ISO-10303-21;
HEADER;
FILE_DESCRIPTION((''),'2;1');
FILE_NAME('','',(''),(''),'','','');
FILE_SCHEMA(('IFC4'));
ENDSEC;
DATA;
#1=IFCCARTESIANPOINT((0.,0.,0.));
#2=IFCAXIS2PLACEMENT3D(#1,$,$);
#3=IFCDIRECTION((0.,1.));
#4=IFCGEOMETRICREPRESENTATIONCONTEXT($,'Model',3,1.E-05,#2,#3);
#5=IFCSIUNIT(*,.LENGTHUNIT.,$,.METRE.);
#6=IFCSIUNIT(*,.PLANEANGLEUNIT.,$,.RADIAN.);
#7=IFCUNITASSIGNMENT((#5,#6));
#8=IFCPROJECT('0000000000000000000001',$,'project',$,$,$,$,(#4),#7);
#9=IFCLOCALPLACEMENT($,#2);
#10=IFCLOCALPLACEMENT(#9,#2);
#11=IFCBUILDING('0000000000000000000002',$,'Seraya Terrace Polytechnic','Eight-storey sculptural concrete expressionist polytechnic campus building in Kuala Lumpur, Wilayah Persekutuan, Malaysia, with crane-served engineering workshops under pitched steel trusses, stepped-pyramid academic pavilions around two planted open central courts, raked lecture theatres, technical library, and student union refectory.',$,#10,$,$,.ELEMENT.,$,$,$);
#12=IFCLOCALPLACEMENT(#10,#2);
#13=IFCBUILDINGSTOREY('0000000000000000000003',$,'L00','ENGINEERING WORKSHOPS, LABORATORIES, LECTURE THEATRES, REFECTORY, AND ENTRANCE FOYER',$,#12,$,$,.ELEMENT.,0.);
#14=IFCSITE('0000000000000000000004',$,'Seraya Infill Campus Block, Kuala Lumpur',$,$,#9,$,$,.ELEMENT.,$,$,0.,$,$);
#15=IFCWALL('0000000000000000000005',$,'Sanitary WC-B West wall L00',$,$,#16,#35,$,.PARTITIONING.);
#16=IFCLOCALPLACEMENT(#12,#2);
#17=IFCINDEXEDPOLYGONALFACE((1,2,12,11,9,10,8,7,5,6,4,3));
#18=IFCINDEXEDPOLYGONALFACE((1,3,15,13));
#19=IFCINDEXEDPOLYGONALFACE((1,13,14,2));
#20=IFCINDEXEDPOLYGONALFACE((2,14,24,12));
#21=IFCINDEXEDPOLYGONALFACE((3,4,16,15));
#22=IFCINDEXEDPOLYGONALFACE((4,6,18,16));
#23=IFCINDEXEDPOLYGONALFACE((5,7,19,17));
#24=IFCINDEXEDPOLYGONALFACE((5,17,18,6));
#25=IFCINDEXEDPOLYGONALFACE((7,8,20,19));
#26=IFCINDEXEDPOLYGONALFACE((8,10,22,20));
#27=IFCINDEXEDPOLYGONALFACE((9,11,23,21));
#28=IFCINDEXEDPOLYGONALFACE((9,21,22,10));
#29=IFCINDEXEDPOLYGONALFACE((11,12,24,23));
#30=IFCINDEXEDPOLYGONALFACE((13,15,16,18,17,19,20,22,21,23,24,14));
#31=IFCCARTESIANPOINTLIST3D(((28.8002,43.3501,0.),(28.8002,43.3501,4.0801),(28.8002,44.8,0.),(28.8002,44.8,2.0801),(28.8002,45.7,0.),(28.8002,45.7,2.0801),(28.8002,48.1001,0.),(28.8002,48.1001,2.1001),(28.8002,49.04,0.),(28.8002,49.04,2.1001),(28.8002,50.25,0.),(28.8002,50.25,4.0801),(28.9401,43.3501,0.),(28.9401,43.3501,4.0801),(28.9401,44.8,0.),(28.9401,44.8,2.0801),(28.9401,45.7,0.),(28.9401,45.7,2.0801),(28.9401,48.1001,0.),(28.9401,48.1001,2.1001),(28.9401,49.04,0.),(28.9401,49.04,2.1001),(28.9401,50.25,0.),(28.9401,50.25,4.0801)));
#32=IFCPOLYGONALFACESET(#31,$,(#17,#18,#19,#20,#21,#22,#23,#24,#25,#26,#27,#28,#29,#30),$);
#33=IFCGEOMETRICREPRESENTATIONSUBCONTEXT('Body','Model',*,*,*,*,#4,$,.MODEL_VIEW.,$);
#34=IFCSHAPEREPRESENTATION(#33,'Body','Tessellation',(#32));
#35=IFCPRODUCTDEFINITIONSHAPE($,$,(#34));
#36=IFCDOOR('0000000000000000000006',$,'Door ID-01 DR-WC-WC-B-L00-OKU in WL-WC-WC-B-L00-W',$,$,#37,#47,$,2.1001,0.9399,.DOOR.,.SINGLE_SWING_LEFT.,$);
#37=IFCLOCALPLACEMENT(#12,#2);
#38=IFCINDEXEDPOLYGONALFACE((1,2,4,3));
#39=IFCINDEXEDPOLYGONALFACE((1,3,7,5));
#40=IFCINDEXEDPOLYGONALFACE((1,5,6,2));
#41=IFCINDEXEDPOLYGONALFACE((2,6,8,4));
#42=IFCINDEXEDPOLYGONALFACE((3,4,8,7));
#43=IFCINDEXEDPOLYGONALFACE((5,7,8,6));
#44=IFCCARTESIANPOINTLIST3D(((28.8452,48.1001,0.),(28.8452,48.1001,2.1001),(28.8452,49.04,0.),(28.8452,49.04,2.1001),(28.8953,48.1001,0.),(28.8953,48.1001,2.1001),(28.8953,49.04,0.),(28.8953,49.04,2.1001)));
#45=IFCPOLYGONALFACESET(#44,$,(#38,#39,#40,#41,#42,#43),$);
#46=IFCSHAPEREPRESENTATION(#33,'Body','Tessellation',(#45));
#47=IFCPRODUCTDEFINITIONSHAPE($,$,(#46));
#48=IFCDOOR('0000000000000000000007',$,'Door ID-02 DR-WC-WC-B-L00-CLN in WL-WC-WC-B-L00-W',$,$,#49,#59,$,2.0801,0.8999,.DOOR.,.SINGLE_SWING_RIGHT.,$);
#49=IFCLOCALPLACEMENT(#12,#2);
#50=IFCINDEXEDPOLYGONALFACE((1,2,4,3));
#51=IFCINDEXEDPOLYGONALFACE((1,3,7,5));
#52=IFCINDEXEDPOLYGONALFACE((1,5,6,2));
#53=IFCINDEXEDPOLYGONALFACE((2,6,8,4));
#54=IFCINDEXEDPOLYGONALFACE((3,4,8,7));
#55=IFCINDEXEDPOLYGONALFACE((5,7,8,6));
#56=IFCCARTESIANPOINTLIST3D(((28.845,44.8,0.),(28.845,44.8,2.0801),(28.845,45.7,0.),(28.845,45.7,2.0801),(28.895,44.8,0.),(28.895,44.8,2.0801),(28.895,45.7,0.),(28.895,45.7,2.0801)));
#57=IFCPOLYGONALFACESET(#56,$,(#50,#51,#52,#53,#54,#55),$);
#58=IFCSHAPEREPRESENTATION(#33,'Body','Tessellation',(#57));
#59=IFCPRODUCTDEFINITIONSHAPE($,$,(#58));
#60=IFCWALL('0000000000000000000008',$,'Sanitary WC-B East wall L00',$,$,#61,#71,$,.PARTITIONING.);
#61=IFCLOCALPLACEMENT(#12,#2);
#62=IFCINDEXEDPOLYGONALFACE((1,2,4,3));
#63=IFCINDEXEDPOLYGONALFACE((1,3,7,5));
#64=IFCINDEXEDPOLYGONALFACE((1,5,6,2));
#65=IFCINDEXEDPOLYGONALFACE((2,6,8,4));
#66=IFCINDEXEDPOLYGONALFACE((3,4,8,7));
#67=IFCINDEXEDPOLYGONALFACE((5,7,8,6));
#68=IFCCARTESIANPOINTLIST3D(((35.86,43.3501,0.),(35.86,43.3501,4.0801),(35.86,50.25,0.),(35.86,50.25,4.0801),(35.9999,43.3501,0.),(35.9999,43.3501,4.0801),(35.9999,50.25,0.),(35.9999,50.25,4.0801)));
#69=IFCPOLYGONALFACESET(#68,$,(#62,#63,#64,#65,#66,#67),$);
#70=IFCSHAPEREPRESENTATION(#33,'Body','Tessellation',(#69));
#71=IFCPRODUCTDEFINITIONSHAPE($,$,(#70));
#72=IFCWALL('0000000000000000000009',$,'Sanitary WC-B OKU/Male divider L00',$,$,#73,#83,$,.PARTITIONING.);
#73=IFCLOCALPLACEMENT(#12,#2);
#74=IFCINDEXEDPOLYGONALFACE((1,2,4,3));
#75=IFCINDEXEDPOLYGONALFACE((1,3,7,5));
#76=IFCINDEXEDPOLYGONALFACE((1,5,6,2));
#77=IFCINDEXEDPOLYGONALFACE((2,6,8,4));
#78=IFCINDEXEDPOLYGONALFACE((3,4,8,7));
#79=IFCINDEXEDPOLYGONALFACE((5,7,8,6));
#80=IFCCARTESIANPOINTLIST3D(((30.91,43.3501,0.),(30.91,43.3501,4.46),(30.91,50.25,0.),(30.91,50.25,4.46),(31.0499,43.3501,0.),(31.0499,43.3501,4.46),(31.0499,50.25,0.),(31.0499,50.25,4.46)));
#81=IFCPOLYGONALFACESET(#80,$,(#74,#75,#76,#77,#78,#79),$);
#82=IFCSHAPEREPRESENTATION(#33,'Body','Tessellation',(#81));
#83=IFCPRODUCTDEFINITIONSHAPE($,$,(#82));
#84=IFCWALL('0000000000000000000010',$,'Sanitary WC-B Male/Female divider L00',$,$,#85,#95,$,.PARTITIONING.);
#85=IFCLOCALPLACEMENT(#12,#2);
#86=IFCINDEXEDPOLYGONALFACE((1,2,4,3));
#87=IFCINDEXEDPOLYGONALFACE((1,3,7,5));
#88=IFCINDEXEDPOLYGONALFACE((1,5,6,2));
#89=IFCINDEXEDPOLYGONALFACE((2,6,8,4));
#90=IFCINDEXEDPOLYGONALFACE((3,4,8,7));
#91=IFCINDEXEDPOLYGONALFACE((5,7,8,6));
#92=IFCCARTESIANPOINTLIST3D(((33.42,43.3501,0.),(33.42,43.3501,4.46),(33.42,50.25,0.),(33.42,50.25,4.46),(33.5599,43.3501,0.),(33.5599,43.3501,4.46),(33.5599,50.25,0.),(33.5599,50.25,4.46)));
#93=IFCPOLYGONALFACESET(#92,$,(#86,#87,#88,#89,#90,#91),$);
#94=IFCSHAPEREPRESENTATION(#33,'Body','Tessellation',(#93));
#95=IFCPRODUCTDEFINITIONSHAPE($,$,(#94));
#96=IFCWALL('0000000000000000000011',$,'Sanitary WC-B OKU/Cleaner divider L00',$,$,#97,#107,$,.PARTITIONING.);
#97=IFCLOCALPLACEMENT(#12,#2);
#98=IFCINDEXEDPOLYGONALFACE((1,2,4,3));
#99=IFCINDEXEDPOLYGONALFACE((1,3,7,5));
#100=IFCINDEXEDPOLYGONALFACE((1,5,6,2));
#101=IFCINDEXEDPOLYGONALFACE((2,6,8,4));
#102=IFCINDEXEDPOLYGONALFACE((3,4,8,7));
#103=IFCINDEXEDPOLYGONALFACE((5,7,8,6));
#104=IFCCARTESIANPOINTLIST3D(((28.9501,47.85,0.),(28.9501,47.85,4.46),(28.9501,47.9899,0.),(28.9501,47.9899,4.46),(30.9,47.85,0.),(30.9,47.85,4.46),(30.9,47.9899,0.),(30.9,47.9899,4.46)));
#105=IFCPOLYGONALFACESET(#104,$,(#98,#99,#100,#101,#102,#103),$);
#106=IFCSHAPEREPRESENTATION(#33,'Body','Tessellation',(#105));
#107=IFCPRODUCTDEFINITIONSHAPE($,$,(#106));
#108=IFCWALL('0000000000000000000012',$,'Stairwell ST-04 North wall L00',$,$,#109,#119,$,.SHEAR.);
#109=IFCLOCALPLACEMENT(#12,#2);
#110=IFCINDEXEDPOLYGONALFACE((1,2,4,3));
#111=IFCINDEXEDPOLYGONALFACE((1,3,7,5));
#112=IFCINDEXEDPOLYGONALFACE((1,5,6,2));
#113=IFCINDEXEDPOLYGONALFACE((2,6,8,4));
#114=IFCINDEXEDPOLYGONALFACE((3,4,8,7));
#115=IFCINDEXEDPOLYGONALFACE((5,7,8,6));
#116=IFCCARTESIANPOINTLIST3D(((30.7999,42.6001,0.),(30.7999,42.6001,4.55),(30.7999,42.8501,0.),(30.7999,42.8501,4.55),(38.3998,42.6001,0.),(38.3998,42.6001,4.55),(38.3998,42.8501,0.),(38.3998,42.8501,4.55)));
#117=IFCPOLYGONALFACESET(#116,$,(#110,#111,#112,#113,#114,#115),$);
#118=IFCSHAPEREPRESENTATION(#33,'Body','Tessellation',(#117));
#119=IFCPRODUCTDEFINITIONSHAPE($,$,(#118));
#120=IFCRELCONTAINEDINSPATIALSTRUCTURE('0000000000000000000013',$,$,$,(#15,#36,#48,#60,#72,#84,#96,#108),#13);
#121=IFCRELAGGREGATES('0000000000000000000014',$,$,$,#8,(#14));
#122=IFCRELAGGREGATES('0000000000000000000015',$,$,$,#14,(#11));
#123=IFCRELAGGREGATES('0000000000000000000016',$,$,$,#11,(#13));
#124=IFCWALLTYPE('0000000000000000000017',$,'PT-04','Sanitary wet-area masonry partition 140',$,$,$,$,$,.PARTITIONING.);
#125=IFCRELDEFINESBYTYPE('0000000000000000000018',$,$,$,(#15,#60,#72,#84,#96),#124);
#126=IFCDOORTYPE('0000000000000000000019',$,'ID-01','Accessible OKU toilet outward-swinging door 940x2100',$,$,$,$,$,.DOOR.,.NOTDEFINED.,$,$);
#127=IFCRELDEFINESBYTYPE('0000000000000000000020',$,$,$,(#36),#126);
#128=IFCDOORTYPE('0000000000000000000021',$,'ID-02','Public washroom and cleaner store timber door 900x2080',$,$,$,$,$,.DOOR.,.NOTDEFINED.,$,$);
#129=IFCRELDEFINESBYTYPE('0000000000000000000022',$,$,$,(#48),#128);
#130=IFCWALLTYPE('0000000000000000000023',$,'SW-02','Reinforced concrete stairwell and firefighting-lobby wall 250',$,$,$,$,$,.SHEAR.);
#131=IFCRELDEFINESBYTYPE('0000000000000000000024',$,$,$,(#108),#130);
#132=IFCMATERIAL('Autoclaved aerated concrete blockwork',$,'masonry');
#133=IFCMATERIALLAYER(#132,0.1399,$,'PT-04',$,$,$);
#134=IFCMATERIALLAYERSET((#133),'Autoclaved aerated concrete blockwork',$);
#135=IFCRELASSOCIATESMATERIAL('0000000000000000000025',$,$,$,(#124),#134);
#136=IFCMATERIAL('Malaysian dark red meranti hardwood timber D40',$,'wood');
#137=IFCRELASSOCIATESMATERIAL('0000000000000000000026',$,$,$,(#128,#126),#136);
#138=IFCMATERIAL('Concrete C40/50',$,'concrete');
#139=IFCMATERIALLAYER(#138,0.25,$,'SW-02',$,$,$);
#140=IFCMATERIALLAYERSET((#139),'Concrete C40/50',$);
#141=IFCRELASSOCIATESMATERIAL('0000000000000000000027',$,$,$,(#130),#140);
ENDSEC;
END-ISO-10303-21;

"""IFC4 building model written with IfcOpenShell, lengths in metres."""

from ifc_helpers import new_model, si_unit, direction, frame, frame_2d, origin, place, context, subcontext, project, spatial, rectangle, extrude, material, layer, layer_set, type_object, element, fill, save


model = new_model("IFC4")

# Units and contexts
model_context = context("Model", 3, precision=1e-05, world=origin(), true_north=direction((0.0, 1.0)))
body_context = subcontext(model_context, "Body", "Model", "MODEL_VIEW")
ifc_project = project(units=[si_unit("LENGTHUNIT", "METRE"), si_unit("PLANEANGLEUNIT", "RADIAN")], contexts=[model_context])

# Site, building, storey
site_placement = place(None, origin())
site = spatial("IfcSite", under=ifc_project, at=site_placement, Name="Seraya Infill Campus Block, Kuala Lumpur", CompositionType="ELEMENT", RefElevation=0.0)
building_placement = place(site_placement, origin())
building = spatial("IfcBuilding", under=site, at=building_placement, Name="Seraya Terrace Polytechnic", Description="Eight-storey sculptural concrete expressionist polytechnic campus building in Kuala Lumpur, Wilayah Persekutuan, Malaysia, with crane-served engineering workshops under pitched steel trusses, stepped-pyramid academic pavilions around two planted open central courts, raked lecture theatres, technical library, and student union refectory.", CompositionType="ELEMENT")
storey_placement = place(building_placement, origin())
storey = spatial("IfcBuildingStorey", under=building, at=storey_placement, Name="L00", Description="ENGINEERING WORKSHOPS, LABORATORIES, LECTURE THEATRES, REFECTORY, AND ENTRANCE FOYER", CompositionType="ELEMENT", Elevation=0.0)

# Shared definitions
ifc_material_1 = material(Name="Concrete C40/50", Category="concrete")

# Shared definitions
ifc_material_2 = material(Name="Autoclaved aerated concrete blockwork", Category="masonry")
ifc_layer_1 = layer(ifc_material_2, 0.1399, Name="PT-04")
ifc_layer_set_1 = layer_set([ifc_layer_1], Name="Autoclaved aerated concrete blockwork")
wall_type_1 = type_object("IfcWallType", Name="PT-04", Description="Sanitary wet-area masonry partition 140", PredefinedType="PARTITIONING", material=ifc_layer_set_1)

# Wall, openings, doors
ifc_material_3 = material(Name="Malaysian dark red meranti hardwood timber D40", Category="wood")
door_type_1 = type_object("IfcDoorType", Name="ID-02", Description="Public washroom and cleaner store timber door 900x2080", OperationType="NOTDEFINED", PredefinedType="DOOR", material=ifc_material_3)
wall_1_placement = place(storey_placement, frame((28.8701, 43.3501, 0.0), z_axis=(0.0, 0.0, 1.0), x_axis=(0.0, 1.0, 0.0)))
wall_1 = element("IfcWall", 1, at=wall_1_placement, inside=storey, type_object=wall_type_1, Name="Sanitary WC-B West wall L00", PredefinedType="PARTITIONING", context=body_context, shape_type="SweptSolid", body=[
    extrude(rectangle(XDim=6.8999, YDim=0.1399, at=frame_2d((3.45, 0.0))), origin(), (0.0, 0.0, 1.0), 4.0801),
])
opening_1_placement = place(wall_1_placement, frame((1.45, 0.0, 0.0)))
opening_1 = element("IfcOpeningElement", 2, at=opening_1_placement, cuts=wall_1, PredefinedType="OPENING", context=body_context, shape_type="SweptSolid", body=[
    extrude(rectangle(XDim=0.8999, YDim=2.0801, at=frame_2d((0.45, 1.04))), frame((0.0, 0.082, 0.0), z_axis=(0.0, -1.0, 0.0), x_axis=(1.0, 0.0, 0.0)), (0.0, 0.0, 1.0), 0.1638),
])
opening_2_placement = place(wall_1_placement, frame((4.75, 0.0, 0.0)))
opening_2 = element("IfcOpeningElement", 3, at=opening_2_placement, cuts=wall_1, PredefinedType="OPENING", context=body_context, shape_type="SweptSolid", body=[
    extrude(rectangle(XDim=0.9399, YDim=2.1001, at=frame_2d((0.47, 1.05))), frame((0.0, 0.082, 0.0), z_axis=(0.0, -1.0, 0.0), x_axis=(1.0, 0.0, 0.0)), (0.0, 0.0, 1.0), 0.1638),
])
door_type_2 = type_object("IfcDoorType", Name="ID-01", Description="Accessible OKU toilet outward-swinging door 940x2100", OperationType="NOTDEFINED", PredefinedType="DOOR", material=ifc_material_3)
door_1_placement = place(opening_2_placement, origin())
door_1 = element("IfcDoor", 4, at=door_1_placement, inside=storey, type_object=door_type_2, Name="Door ID-01 DR-WC-WC-B-L00-OKU in WL-WC-WC-B-L00-W", OperationType="SINGLE_SWING_LEFT", OverallHeight=2.1001, OverallWidth=0.9399, PredefinedType="DOOR", context=body_context, shape_type="SweptSolid", body=[
    extrude(rectangle(XDim=0.9399, YDim=2.1001, at=frame_2d((0.47, 1.05))), frame((0.0, 0.0249, 0.0), z_axis=(0.0, -1.0, 0.0), x_axis=(1.0, 0.0, 0.0)), (0.0, 0.0, 1.0), 0.05),
])
fill(opening_2, door_1)
door_2_placement = place(opening_1_placement, frame((0.8999, 0.0, 0.0), z_axis=(0.0, 0.0, 1.0), x_axis=(-1.0, 0.0, 0.0)))
door_2 = element("IfcDoor", 5, at=door_2_placement, inside=storey, type_object=door_type_1, Name="Door ID-02 DR-WC-WC-B-L00-CLN in WL-WC-WC-B-L00-W", OperationType="SINGLE_SWING_RIGHT", OverallHeight=2.0801, OverallWidth=0.8999, PredefinedType="DOOR", context=body_context, shape_type="SweptSolid", body=[
    extrude(rectangle(XDim=0.8999, YDim=2.0801, at=frame_2d((0.45, 1.04))), frame((0.0, 0.0249, 0.0), z_axis=(0.0, -1.0, 0.0), x_axis=(1.0, 0.0, 0.0)), (0.0, 0.0, 1.0), 0.05),
])
fill(opening_1, door_2)

# Walls
wall_2_placement = place(storey_placement, frame((35.9299, 43.3501, 0.0), z_axis=(0.0, 0.0, 1.0), x_axis=(0.0, 1.0, 0.0)))
element("IfcWall", 6, at=wall_2_placement, inside=storey, type_object=wall_type_1, Name="Sanitary WC-B East wall L00", PredefinedType="PARTITIONING", context=body_context, shape_type="SweptSolid", body=[
    extrude(rectangle(XDim=6.8999, YDim=0.1399, at=frame_2d((3.45, 0.0))), origin(), (0.0, 0.0, 1.0), 4.0801),
])
for number, where, z_axis, x_axis, name in (
    (7, (30.98, 43.3501, 0.0), (0.0, 0.0, 1.0), (0.0, 1.0, 0.0), "Sanitary WC-B OKU/Male divider L00"),
    (8, (33.49, 43.3501, 0.0), (0.0, 0.0, 1.0), (0.0, 1.0, 0.0), "Sanitary WC-B Male/Female divider L00"),
):
    element("IfcWall", number, at=place(storey_placement, frame(where, z_axis=z_axis, x_axis=x_axis)), inside=storey, type_object=wall_type_1, Name=name, PredefinedType="PARTITIONING", context=body_context, shape_type="SweptSolid", body=[
        extrude(rectangle(XDim=6.8999, YDim=0.1399, at=frame_2d((3.45, 0.0))), origin(), (0.0, 0.0, 1.0), 4.46),
    ])
wall_3_placement = place(storey_placement, frame((28.95, 47.9199, 0.0), z_axis=(0.0, 0.0, 1.0), x_axis=(1.0, 0.0, 0.0)))
element("IfcWall", 9, at=wall_3_placement, inside=storey, type_object=wall_type_1, Name="Sanitary WC-B OKU/Cleaner divider L00", PredefinedType="PARTITIONING", context=body_context, shape_type="SweptSolid", body=[
    extrude(rectangle(XDim=1.95, YDim=0.1399, at=frame_2d((0.9751, 0.0))), origin(), (0.0, 0.0, 1.0), 4.46),
])
ifc_layer_2 = layer(ifc_material_1, 0.25, Name="SW-02")
ifc_layer_set_2 = layer_set([ifc_layer_2], Name="Concrete C40/50")
wall_type_2 = type_object("IfcWallType", Name="SW-02", Description="Reinforced concrete stairwell and firefighting-lobby wall 250", PredefinedType="SHEAR", material=ifc_layer_set_2)
wall_4_placement = place(storey_placement, frame((30.8, 42.7251, 0.0), z_axis=(0.0, 0.0, 1.0), x_axis=(1.0, 0.0, 0.0)))
element("IfcWall", 10, at=wall_4_placement, inside=storey, type_object=wall_type_2, Name="Stairwell ST-04 North wall L00", PredefinedType="SHEAR", context=body_context, shape_type="SweptSolid", body=[
    extrude(rectangle(XDim=7.5999, YDim=0.25, at=frame_2d((3.7998, 0.0))), origin(), (0.0, 0.0, 1.0), 4.55),
])

save(model, "model.ifc")
